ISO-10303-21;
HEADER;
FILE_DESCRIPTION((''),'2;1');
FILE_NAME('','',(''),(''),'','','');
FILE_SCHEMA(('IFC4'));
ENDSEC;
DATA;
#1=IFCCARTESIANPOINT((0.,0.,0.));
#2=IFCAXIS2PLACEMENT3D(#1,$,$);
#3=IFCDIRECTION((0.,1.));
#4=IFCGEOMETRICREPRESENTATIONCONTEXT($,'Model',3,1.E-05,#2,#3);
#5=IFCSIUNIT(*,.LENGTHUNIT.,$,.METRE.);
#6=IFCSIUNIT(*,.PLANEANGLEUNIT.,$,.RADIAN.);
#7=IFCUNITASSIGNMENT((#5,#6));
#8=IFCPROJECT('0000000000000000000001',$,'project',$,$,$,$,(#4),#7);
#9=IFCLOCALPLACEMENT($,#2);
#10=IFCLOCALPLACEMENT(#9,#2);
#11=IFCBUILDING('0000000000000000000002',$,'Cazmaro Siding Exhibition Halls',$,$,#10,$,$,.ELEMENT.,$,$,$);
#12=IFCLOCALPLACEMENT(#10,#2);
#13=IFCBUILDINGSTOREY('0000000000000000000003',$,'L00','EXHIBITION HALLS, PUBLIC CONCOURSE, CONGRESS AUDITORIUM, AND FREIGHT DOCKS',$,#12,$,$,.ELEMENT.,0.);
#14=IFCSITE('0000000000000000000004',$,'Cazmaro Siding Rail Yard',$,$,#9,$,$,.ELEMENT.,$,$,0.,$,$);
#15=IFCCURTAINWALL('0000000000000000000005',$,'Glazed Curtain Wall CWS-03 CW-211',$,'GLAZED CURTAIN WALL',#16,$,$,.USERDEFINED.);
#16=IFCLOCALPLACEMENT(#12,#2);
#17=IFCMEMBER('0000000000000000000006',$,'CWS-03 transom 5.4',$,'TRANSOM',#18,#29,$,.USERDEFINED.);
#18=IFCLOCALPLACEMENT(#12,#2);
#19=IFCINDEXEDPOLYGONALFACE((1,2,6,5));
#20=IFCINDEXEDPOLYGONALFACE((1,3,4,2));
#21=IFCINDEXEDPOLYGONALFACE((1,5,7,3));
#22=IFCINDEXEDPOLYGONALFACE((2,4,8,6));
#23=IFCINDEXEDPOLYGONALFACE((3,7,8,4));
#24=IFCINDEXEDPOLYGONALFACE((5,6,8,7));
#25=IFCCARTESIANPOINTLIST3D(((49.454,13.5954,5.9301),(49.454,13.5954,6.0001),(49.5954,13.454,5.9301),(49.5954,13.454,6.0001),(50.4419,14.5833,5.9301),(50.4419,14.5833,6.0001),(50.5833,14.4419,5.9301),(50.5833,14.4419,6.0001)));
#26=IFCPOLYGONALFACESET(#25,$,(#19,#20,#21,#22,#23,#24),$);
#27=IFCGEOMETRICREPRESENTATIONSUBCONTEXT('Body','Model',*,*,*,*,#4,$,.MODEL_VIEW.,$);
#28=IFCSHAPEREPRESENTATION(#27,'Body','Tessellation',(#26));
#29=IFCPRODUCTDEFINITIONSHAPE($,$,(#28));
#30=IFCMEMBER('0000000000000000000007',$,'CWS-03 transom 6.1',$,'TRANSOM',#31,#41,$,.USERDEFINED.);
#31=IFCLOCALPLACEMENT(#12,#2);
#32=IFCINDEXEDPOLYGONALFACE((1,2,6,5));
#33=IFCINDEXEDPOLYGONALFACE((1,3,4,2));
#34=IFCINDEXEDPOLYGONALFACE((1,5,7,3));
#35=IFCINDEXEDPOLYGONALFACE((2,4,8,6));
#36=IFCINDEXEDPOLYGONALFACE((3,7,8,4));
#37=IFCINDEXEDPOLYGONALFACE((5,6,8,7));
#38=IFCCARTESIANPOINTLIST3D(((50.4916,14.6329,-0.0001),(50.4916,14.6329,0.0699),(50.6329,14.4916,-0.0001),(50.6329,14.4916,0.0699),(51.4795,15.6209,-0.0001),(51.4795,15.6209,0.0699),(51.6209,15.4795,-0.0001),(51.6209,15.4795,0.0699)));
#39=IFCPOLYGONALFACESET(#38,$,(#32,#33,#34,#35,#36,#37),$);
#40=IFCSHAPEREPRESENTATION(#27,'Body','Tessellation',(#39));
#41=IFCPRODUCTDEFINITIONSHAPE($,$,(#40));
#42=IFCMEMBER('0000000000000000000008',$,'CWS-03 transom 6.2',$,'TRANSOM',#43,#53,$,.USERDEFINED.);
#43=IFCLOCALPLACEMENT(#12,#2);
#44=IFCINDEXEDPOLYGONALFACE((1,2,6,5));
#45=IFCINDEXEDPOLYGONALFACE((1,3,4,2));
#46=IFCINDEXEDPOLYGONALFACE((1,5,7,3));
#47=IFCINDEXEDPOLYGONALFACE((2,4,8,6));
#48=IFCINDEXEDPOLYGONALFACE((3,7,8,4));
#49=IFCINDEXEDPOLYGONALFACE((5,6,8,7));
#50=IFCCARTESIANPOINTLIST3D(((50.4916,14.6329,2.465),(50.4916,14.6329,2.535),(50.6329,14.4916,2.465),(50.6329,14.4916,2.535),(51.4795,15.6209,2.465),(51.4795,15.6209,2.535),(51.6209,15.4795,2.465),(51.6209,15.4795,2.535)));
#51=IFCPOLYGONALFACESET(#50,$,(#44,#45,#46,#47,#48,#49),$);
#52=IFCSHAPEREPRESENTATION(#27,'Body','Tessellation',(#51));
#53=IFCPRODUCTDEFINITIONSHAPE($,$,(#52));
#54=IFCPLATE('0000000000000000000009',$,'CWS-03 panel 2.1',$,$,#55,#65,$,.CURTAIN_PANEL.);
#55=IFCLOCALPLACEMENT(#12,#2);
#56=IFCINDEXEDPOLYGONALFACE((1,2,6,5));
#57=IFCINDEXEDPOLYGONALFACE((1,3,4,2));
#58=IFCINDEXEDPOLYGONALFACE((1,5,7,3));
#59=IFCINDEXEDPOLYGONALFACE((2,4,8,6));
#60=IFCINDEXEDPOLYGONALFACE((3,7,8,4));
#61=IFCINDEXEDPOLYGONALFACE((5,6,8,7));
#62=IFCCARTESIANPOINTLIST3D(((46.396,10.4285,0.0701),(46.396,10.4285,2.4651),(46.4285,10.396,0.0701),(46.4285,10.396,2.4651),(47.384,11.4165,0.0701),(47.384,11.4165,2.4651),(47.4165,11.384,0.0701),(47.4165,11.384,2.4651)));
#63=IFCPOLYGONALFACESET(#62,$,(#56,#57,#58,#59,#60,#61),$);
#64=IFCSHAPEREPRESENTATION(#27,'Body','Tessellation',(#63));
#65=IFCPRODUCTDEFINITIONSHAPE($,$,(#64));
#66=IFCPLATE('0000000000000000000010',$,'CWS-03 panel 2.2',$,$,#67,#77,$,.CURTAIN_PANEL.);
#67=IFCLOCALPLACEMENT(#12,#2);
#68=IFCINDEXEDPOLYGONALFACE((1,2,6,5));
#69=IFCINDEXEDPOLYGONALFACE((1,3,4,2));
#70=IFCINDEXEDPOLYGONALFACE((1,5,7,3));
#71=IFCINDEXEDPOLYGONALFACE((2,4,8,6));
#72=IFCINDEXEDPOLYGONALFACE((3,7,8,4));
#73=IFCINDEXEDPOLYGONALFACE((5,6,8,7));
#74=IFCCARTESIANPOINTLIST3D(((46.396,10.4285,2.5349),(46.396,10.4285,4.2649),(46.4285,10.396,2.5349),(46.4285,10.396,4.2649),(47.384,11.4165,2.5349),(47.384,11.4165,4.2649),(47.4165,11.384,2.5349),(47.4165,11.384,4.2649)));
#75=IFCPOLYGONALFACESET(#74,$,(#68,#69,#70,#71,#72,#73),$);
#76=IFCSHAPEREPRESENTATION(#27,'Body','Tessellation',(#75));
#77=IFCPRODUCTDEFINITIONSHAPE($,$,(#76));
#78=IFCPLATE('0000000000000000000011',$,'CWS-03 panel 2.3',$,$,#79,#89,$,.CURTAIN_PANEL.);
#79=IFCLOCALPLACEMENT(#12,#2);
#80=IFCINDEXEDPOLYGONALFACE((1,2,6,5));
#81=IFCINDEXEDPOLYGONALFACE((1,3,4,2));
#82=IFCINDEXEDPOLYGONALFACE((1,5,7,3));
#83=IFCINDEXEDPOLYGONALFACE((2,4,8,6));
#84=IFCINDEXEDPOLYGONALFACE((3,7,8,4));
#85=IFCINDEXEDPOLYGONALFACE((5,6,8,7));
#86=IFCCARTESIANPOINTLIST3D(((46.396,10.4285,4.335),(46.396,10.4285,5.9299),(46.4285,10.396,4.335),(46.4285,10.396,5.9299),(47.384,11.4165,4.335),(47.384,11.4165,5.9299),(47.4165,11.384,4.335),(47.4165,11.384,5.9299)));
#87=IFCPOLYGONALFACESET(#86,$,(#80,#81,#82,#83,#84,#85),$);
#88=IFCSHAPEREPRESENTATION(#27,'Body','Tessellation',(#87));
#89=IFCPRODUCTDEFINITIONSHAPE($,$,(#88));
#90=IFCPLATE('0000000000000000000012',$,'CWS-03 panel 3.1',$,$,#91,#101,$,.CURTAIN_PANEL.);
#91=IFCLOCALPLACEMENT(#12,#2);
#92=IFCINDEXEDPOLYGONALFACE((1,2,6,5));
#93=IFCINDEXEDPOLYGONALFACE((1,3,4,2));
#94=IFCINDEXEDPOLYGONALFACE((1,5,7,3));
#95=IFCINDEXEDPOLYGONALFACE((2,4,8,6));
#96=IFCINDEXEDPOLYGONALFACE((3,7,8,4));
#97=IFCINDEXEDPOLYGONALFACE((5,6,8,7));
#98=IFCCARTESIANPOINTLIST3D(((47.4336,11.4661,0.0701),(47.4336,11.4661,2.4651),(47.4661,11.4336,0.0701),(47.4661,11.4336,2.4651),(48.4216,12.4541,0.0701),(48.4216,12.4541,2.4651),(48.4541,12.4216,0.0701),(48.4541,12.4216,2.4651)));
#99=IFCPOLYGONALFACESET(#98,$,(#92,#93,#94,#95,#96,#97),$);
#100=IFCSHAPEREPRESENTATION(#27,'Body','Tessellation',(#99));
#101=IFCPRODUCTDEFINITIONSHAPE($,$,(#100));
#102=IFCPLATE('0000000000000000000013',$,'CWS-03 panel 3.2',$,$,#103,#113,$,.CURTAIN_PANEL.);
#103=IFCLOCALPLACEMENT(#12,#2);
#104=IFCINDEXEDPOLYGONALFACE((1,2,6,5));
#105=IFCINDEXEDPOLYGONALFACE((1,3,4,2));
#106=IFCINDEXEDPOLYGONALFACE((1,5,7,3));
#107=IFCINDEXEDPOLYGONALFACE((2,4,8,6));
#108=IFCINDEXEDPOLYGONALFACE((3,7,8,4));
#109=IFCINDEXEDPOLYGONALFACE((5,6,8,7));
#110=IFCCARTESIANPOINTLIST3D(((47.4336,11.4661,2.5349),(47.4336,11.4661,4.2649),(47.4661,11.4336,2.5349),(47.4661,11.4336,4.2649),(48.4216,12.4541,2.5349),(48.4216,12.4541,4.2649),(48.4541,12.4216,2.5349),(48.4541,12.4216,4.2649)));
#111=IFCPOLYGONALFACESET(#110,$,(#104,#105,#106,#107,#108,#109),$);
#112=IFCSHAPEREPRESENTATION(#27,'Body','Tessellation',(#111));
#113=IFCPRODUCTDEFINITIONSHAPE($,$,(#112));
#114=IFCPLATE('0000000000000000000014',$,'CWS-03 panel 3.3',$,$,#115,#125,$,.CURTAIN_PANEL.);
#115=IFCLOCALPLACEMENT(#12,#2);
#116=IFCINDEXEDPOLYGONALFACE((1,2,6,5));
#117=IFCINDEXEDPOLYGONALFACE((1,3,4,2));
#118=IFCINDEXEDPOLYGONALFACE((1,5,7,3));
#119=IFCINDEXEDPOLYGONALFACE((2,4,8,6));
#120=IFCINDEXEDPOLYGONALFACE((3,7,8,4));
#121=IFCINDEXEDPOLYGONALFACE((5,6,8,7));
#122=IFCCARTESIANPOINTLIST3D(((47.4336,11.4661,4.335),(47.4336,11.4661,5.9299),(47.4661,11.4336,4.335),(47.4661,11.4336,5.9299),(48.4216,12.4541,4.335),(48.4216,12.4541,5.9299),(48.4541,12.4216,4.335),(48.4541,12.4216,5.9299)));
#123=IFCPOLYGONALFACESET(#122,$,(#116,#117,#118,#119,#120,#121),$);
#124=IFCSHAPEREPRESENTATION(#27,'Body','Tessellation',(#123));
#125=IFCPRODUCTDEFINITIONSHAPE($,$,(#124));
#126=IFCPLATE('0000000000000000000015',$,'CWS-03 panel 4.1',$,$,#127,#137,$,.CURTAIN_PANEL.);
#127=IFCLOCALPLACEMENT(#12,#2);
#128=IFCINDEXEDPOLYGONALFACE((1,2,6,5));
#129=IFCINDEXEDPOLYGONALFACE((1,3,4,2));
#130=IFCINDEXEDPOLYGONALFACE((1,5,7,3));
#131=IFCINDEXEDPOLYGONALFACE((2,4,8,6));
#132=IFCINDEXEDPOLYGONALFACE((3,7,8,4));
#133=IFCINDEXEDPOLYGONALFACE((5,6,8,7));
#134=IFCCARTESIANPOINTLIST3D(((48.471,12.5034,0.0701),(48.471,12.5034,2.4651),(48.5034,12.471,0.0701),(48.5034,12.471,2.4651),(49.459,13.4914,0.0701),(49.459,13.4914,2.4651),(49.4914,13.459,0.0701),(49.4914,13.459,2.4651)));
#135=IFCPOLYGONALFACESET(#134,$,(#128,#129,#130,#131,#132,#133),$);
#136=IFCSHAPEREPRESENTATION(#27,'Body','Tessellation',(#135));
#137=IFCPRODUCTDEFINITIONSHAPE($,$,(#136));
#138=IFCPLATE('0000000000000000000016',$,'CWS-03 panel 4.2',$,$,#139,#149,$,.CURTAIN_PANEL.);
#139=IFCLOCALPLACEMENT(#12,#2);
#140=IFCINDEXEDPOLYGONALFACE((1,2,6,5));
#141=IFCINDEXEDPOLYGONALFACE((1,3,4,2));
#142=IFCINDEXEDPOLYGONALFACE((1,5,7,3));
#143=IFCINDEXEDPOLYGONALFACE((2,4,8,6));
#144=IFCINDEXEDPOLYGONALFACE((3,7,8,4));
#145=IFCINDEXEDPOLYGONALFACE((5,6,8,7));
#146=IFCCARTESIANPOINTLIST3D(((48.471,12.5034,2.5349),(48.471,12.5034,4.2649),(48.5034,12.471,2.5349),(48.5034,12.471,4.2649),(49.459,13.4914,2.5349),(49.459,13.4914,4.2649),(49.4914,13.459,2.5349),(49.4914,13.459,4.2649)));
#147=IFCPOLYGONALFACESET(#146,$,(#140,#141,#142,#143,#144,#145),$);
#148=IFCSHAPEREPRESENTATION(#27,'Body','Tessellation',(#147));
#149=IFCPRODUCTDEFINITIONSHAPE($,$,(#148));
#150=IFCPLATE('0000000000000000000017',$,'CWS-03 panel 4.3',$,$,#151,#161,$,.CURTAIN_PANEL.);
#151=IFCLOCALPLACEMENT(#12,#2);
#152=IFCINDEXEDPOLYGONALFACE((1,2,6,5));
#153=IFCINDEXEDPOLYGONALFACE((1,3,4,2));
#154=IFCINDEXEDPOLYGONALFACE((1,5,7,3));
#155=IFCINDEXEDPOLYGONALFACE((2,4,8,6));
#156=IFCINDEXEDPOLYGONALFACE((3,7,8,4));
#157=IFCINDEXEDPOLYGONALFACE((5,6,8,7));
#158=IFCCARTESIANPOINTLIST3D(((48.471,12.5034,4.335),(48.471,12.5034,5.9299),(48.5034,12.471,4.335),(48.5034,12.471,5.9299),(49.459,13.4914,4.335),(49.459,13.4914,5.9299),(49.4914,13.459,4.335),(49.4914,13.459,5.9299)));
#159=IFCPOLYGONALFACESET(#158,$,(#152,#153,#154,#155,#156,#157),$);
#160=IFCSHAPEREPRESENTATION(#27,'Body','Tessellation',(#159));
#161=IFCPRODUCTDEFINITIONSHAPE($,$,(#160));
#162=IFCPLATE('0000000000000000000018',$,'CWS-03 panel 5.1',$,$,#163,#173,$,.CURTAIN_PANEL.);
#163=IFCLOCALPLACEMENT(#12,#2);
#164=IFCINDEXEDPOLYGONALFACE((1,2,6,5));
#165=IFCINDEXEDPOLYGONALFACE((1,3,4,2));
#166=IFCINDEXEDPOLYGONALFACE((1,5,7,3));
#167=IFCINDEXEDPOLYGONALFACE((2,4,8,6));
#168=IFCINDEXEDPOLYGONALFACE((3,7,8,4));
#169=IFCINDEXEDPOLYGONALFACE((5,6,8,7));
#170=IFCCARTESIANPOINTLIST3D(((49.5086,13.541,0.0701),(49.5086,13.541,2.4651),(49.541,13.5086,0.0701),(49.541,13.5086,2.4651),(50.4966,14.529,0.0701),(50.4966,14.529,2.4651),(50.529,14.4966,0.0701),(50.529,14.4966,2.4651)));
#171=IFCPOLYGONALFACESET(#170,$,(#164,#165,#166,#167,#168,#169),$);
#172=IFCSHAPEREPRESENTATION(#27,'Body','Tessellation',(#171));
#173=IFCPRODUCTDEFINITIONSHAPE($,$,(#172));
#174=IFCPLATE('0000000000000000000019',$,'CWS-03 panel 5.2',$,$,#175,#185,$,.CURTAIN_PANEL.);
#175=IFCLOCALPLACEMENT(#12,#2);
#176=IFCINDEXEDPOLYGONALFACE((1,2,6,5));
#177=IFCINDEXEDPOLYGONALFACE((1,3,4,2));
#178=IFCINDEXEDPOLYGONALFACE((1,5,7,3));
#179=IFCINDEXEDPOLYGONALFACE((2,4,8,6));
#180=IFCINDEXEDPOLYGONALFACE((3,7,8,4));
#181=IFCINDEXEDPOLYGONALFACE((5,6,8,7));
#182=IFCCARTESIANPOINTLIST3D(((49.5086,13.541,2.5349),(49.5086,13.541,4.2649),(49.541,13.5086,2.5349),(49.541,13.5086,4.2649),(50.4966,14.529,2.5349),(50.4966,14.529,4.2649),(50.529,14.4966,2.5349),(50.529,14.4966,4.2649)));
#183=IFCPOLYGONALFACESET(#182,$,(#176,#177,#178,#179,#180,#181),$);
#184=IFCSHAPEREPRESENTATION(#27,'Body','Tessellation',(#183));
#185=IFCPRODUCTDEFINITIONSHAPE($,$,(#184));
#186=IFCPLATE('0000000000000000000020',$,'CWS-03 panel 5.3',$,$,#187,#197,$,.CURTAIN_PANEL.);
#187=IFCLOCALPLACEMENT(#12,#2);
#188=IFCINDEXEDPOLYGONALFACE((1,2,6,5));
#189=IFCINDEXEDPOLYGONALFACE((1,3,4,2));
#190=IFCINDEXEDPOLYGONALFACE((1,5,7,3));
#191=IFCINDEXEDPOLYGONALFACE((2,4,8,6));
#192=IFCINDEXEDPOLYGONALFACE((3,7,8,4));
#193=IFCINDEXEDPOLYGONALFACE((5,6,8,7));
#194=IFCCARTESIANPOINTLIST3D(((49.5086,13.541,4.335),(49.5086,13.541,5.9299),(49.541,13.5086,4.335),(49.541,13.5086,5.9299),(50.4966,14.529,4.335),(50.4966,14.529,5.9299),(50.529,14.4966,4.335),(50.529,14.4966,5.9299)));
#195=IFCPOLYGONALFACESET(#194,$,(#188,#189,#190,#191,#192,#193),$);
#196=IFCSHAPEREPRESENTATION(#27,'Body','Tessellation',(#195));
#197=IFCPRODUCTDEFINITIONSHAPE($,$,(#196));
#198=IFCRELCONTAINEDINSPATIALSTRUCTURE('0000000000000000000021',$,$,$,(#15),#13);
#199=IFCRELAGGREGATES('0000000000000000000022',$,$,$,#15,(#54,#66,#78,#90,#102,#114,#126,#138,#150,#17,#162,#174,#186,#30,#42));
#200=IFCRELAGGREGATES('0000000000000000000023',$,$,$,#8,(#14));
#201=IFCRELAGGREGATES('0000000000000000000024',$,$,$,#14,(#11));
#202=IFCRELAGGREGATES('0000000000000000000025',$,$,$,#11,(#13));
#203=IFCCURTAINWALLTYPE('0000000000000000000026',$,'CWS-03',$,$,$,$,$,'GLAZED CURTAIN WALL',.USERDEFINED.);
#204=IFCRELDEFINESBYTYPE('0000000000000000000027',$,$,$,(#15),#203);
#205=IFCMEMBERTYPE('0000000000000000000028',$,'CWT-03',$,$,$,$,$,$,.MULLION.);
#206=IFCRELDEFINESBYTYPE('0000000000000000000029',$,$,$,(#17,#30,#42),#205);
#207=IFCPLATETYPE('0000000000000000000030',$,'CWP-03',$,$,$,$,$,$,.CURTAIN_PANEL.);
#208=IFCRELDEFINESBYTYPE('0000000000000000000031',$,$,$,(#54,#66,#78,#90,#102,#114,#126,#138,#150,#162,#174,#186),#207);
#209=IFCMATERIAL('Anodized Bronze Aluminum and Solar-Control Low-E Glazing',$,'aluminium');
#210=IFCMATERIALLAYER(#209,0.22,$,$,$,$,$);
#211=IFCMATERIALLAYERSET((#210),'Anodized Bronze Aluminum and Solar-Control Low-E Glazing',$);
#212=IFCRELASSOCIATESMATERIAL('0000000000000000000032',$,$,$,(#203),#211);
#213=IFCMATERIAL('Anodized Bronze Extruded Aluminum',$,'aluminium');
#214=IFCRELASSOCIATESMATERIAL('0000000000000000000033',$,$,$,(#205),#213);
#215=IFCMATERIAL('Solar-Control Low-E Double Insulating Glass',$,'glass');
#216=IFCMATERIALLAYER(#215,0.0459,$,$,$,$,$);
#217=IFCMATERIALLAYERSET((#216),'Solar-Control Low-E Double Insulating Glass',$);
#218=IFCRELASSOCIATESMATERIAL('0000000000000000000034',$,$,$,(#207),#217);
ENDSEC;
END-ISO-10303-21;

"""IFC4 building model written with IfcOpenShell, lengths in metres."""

from ifc_helpers import new_model, si_unit, direction, frame, origin, origin_2d, place, context, subcontext, project, spatial, rectangle, extrude, material, layer, layer_set, material_profile, profile_set, type_object, element, aggregate, save


model = new_model("IFC4")

# Units and contexts
model_context = context("Model", 3, precision=1e-05, world=origin(), true_north=direction((0.0, 1.0)))
body_context = subcontext(model_context, "Body", "Model", "MODEL_VIEW")
ifc_project = project(units=[si_unit("LENGTHUNIT", "METRE"), si_unit("PLANEANGLEUNIT", "RADIAN")], contexts=[model_context])

# Site, building, storey
site_placement = place(None, origin())
site = spatial("IfcSite", under=ifc_project, at=site_placement, Name="Cazmaro Siding Rail Yard", CompositionType="ELEMENT", RefElevation=0.0)
building_placement = place(site_placement, origin())
building = spatial("IfcBuilding", under=site, at=building_placement, Name="Cazmaro Siding Exhibition Halls", CompositionType="ELEMENT")
storey_placement = place(building_placement, origin())
storey = spatial("IfcBuildingStorey", under=building, at=storey_placement, Name="L00", Description="EXHIBITION HALLS, PUBLIC CONCOURSE, CONGRESS AUDITORIUM, AND FREIGHT DOCKS", CompositionType="ELEMENT", Elevation=0.0)

# Curtain wall, members, plates
ifc_material_1 = material(Name="Anodized Bronze Aluminum and Solar-Control Low-E Glazing", Category="aluminium")
ifc_layer_1 = layer(ifc_material_1, 0.22)
ifc_layer_set_1 = layer_set([ifc_layer_1], Name="Anodized Bronze Aluminum and Solar-Control Low-E Glazing")
curtain_wall_type = type_object("IfcCurtainWallType", Name="CWS-03", ElementType="GLAZED CURTAIN WALL", PredefinedType="USERDEFINED", material=ifc_layer_set_1)
curtain_wall_placement = place(storey_placement, origin())
curtain_wall = element("IfcCurtainWall", 1, at=curtain_wall_placement, inside=storey, type_object=curtain_wall_type, Name="Glazed Curtain Wall CWS-03 CW-211", ObjectType="GLAZED CURTAIN WALL", PredefinedType="USERDEFINED")
ifc_material_2 = material(Name="Anodized Bronze Extruded Aluminum", Category="aluminium")
ifc_material_profile_1 = material_profile(ifc_material_2, rectangle(XDim=0.2, YDim=0.0701, at=origin_2d()), Name="CWT-03")
ifc_profile_set_1 = profile_set([ifc_material_profile_1], Name="Anodized Bronze Extruded Aluminum")
member_type_1 = type_object("IfcMemberType", Name="CWT-03", PredefinedType="MULLION", material=ifc_profile_set_1)
member_1_placement = place(storey_placement, frame((49.5247, 13.5247, 5.9651), z_axis=(0.707107, 0.707107, 0.0), x_axis=(-0.707107, 0.707107, 0.0)))
member_1 = element("IfcMember", 2, at=member_1_placement, type_object=member_type_1, Name="CWS-03 transom 5.4", ObjectType="TRANSOM", PredefinedType="USERDEFINED", context=body_context, shape_type="SweptSolid", body=[
    extrude(rectangle(XDim=0.2, YDim=0.0701, at=origin_2d()), origin(), (0.0, 0.0, 1.0), 1.3972),
])
member_2_placement = place(storey_placement, frame((50.5623, 14.5623, 0.0349), z_axis=(0.707107, 0.707107, 0.0), x_axis=(-0.707107, 0.707107, 0.0)))
member_2 = element("IfcMember", 3, at=member_2_placement, type_object=member_type_1, Name="CWS-03 transom 6.1", ObjectType="TRANSOM", PredefinedType="USERDEFINED", context=body_context, shape_type="SweptSolid", body=[
    extrude(rectangle(XDim=0.2, YDim=0.0701, at=origin_2d()), origin(), (0.0, 0.0, 1.0), 1.3972),
])
member_3_placement = place(storey_placement, frame((50.5623, 14.5623, 2.5), z_axis=(0.707107, 0.707107, 0.0), x_axis=(-0.707107, 0.707107, 0.0)))
member_3 = element("IfcMember", 4, at=member_3_placement, type_object=member_type_1, Name="CWS-03 transom 6.2", ObjectType="TRANSOM", PredefinedType="USERDEFINED", context=body_context, shape_type="SweptSolid", body=[
    extrude(rectangle(XDim=0.2, YDim=0.0701, at=origin_2d()), origin(), (0.0, 0.0, 1.0), 1.3972),
])
ifc_material_3 = material(Name="Solar-Control Low-E Double Insulating Glass", Category="glass")
ifc_layer_2 = layer(ifc_material_3, 0.0459)
ifc_layer_set_2 = layer_set([ifc_layer_2], Name="Solar-Control Low-E Double Insulating Glass")
plate_type = type_object("IfcPlateType", Name="CWP-03", PredefinedType="CURTAIN_PANEL", material=ifc_layer_set_2)
plate_1_placement = place(storey_placement, frame((46.9062, 10.9062, 0.0701), z_axis=(0.0, 0.0, 1.0), x_axis=(0.707107, 0.707107, 0.0)))
plate_1 = element("IfcPlate", 5, at=plate_1_placement, type_object=plate_type, Name="CWS-03 panel 2.1", PredefinedType="CURTAIN_PANEL", context=body_context, shape_type="SweptSolid", body=[
    extrude(rectangle(XDim=1.3972, YDim=0.0459, at=origin_2d()), origin(), (0.0, 0.0, 1.0), 2.395),
])
plate_2_placement = place(storey_placement, frame((46.9062, 10.9062, 2.5349), z_axis=(0.0, 0.0, 1.0), x_axis=(0.707107, 0.707107, 0.0)))
plate_2 = element("IfcPlate", 6, at=plate_2_placement, type_object=plate_type, Name="CWS-03 panel 2.2", PredefinedType="CURTAIN_PANEL", context=body_context, shape_type="SweptSolid", body=[
    extrude(rectangle(XDim=1.3972, YDim=0.0459, at=origin_2d()), origin(), (0.0, 0.0, 1.0), 1.73),
])
plate_3_placement = place(storey_placement, frame((46.9062, 10.9062, 4.335), z_axis=(0.0, 0.0, 1.0), x_axis=(0.707107, 0.707107, 0.0)))
plate_3 = element("IfcPlate", 7, at=plate_3_placement, type_object=plate_type, Name="CWS-03 panel 2.3", PredefinedType="CURTAIN_PANEL", context=body_context, shape_type="SweptSolid", body=[
    extrude(rectangle(XDim=1.3972, YDim=0.0459, at=origin_2d()), origin(), (0.0, 0.0, 1.0), 1.595),
])
plate_4_placement = place(storey_placement, frame((47.9438, 11.9438, 0.0701), z_axis=(0.0, 0.0, 1.0), x_axis=(0.707107, 0.707107, 0.0)))
plate_4 = element("IfcPlate", 8, at=plate_4_placement, type_object=plate_type, Name="CWS-03 panel 3.1", PredefinedType="CURTAIN_PANEL", context=body_context, shape_type="SweptSolid", body=[
    extrude(rectangle(XDim=1.3972, YDim=0.0459, at=origin_2d()), origin(), (0.0, 0.0, 1.0), 2.395),
])
plate_5_placement = place(storey_placement, frame((47.9438, 11.9438, 2.5349), z_axis=(0.0, 0.0, 1.0), x_axis=(0.707107, 0.707107, 0.0)))
plate_5 = element("IfcPlate", 9, at=plate_5_placement, type_object=plate_type, Name="CWS-03 panel 3.2", PredefinedType="CURTAIN_PANEL", context=body_context, shape_type="SweptSolid", body=[
    extrude(rectangle(XDim=1.3972, YDim=0.0459, at=origin_2d()), origin(), (0.0, 0.0, 1.0), 1.73),
])
plate_6_placement = place(storey_placement, frame((47.9438, 11.9438, 4.335), z_axis=(0.0, 0.0, 1.0), x_axis=(0.707107, 0.707107, 0.0)))
plate_6 = element("IfcPlate", 10, at=plate_6_placement, type_object=plate_type, Name="CWS-03 panel 3.3", PredefinedType="CURTAIN_PANEL", context=body_context, shape_type="SweptSolid", body=[
    extrude(rectangle(XDim=1.3972, YDim=0.0459, at=origin_2d()), origin(), (0.0, 0.0, 1.0), 1.595),
])
plate_7_placement = place(storey_placement, frame((48.9812, 12.9812, 0.0701), z_axis=(0.0, 0.0, 1.0), x_axis=(0.707107, 0.707107, 0.0)))
plate_7 = element("IfcPlate", 11, at=plate_7_placement, type_object=plate_type, Name="CWS-03 panel 4.1", PredefinedType="CURTAIN_PANEL", context=body_context, shape_type="SweptSolid", body=[
    extrude(rectangle(XDim=1.3972, YDim=0.0459, at=origin_2d()), origin(), (0.0, 0.0, 1.0), 2.395),
])
plate_8_placement = place(storey_placement, frame((48.9812, 12.9812, 2.5349), z_axis=(0.0, 0.0, 1.0), x_axis=(0.707107, 0.707107, 0.0)))
plate_8 = element("IfcPlate", 12, at=plate_8_placement, type_object=plate_type, Name="CWS-03 panel 4.2", PredefinedType="CURTAIN_PANEL", context=body_context, shape_type="SweptSolid", body=[
    extrude(rectangle(XDim=1.3972, YDim=0.0459, at=origin_2d()), origin(), (0.0, 0.0, 1.0), 1.73),
])
plate_9_placement = place(storey_placement, frame((48.9812, 12.9812, 4.335), z_axis=(0.0, 0.0, 1.0), x_axis=(0.707107, 0.707107, 0.0)))
plate_9 = element("IfcPlate", 13, at=plate_9_placement, type_object=plate_type, Name="CWS-03 panel 4.3", PredefinedType="CURTAIN_PANEL", context=body_context, shape_type="SweptSolid", body=[
    extrude(rectangle(XDim=1.3972, YDim=0.0459, at=origin_2d()), origin(), (0.0, 0.0, 1.0), 1.595),
])
plate_10_placement = place(storey_placement, frame((50.0188, 14.0188, 0.0701), z_axis=(0.0, 0.0, 1.0), x_axis=(0.707107, 0.707107, 0.0)))
plate_10 = element("IfcPlate", 14, at=plate_10_placement, type_object=plate_type, Name="CWS-03 panel 5.1", PredefinedType="CURTAIN_PANEL", context=body_context, shape_type="SweptSolid", body=[
    extrude(rectangle(XDim=1.3972, YDim=0.0459, at=origin_2d()), origin(), (0.0, 0.0, 1.0), 2.395),
])
plate_11_placement = place(storey_placement, frame((50.0188, 14.0188, 2.5349), z_axis=(0.0, 0.0, 1.0), x_axis=(0.707107, 0.707107, 0.0)))
plate_11 = element("IfcPlate", 15, at=plate_11_placement, type_object=plate_type, Name="CWS-03 panel 5.2", PredefinedType="CURTAIN_PANEL", context=body_context, shape_type="SweptSolid", body=[
    extrude(rectangle(XDim=1.3972, YDim=0.0459, at=origin_2d()), origin(), (0.0, 0.0, 1.0), 1.73),
])
plate_12_placement = place(storey_placement, frame((50.0188, 14.0188, 4.335), z_axis=(0.0, 0.0, 1.0), x_axis=(0.707107, 0.707107, 0.0)))
plate_12 = element("IfcPlate", 16, at=plate_12_placement, type_object=plate_type, Name="CWS-03 panel 5.3", PredefinedType="CURTAIN_PANEL", context=body_context, shape_type="SweptSolid", body=[
    extrude(rectangle(XDim=1.3972, YDim=0.0459, at=origin_2d()), origin(), (0.0, 0.0, 1.0), 1.595),
])
aggregate(curtain_wall, [plate_1, plate_2, plate_3, plate_4, plate_5, plate_6, plate_7, plate_8, plate_9, member_1, plate_10, plate_11, plate_12, member_2, member_3])

save(model, "model.ifc")
